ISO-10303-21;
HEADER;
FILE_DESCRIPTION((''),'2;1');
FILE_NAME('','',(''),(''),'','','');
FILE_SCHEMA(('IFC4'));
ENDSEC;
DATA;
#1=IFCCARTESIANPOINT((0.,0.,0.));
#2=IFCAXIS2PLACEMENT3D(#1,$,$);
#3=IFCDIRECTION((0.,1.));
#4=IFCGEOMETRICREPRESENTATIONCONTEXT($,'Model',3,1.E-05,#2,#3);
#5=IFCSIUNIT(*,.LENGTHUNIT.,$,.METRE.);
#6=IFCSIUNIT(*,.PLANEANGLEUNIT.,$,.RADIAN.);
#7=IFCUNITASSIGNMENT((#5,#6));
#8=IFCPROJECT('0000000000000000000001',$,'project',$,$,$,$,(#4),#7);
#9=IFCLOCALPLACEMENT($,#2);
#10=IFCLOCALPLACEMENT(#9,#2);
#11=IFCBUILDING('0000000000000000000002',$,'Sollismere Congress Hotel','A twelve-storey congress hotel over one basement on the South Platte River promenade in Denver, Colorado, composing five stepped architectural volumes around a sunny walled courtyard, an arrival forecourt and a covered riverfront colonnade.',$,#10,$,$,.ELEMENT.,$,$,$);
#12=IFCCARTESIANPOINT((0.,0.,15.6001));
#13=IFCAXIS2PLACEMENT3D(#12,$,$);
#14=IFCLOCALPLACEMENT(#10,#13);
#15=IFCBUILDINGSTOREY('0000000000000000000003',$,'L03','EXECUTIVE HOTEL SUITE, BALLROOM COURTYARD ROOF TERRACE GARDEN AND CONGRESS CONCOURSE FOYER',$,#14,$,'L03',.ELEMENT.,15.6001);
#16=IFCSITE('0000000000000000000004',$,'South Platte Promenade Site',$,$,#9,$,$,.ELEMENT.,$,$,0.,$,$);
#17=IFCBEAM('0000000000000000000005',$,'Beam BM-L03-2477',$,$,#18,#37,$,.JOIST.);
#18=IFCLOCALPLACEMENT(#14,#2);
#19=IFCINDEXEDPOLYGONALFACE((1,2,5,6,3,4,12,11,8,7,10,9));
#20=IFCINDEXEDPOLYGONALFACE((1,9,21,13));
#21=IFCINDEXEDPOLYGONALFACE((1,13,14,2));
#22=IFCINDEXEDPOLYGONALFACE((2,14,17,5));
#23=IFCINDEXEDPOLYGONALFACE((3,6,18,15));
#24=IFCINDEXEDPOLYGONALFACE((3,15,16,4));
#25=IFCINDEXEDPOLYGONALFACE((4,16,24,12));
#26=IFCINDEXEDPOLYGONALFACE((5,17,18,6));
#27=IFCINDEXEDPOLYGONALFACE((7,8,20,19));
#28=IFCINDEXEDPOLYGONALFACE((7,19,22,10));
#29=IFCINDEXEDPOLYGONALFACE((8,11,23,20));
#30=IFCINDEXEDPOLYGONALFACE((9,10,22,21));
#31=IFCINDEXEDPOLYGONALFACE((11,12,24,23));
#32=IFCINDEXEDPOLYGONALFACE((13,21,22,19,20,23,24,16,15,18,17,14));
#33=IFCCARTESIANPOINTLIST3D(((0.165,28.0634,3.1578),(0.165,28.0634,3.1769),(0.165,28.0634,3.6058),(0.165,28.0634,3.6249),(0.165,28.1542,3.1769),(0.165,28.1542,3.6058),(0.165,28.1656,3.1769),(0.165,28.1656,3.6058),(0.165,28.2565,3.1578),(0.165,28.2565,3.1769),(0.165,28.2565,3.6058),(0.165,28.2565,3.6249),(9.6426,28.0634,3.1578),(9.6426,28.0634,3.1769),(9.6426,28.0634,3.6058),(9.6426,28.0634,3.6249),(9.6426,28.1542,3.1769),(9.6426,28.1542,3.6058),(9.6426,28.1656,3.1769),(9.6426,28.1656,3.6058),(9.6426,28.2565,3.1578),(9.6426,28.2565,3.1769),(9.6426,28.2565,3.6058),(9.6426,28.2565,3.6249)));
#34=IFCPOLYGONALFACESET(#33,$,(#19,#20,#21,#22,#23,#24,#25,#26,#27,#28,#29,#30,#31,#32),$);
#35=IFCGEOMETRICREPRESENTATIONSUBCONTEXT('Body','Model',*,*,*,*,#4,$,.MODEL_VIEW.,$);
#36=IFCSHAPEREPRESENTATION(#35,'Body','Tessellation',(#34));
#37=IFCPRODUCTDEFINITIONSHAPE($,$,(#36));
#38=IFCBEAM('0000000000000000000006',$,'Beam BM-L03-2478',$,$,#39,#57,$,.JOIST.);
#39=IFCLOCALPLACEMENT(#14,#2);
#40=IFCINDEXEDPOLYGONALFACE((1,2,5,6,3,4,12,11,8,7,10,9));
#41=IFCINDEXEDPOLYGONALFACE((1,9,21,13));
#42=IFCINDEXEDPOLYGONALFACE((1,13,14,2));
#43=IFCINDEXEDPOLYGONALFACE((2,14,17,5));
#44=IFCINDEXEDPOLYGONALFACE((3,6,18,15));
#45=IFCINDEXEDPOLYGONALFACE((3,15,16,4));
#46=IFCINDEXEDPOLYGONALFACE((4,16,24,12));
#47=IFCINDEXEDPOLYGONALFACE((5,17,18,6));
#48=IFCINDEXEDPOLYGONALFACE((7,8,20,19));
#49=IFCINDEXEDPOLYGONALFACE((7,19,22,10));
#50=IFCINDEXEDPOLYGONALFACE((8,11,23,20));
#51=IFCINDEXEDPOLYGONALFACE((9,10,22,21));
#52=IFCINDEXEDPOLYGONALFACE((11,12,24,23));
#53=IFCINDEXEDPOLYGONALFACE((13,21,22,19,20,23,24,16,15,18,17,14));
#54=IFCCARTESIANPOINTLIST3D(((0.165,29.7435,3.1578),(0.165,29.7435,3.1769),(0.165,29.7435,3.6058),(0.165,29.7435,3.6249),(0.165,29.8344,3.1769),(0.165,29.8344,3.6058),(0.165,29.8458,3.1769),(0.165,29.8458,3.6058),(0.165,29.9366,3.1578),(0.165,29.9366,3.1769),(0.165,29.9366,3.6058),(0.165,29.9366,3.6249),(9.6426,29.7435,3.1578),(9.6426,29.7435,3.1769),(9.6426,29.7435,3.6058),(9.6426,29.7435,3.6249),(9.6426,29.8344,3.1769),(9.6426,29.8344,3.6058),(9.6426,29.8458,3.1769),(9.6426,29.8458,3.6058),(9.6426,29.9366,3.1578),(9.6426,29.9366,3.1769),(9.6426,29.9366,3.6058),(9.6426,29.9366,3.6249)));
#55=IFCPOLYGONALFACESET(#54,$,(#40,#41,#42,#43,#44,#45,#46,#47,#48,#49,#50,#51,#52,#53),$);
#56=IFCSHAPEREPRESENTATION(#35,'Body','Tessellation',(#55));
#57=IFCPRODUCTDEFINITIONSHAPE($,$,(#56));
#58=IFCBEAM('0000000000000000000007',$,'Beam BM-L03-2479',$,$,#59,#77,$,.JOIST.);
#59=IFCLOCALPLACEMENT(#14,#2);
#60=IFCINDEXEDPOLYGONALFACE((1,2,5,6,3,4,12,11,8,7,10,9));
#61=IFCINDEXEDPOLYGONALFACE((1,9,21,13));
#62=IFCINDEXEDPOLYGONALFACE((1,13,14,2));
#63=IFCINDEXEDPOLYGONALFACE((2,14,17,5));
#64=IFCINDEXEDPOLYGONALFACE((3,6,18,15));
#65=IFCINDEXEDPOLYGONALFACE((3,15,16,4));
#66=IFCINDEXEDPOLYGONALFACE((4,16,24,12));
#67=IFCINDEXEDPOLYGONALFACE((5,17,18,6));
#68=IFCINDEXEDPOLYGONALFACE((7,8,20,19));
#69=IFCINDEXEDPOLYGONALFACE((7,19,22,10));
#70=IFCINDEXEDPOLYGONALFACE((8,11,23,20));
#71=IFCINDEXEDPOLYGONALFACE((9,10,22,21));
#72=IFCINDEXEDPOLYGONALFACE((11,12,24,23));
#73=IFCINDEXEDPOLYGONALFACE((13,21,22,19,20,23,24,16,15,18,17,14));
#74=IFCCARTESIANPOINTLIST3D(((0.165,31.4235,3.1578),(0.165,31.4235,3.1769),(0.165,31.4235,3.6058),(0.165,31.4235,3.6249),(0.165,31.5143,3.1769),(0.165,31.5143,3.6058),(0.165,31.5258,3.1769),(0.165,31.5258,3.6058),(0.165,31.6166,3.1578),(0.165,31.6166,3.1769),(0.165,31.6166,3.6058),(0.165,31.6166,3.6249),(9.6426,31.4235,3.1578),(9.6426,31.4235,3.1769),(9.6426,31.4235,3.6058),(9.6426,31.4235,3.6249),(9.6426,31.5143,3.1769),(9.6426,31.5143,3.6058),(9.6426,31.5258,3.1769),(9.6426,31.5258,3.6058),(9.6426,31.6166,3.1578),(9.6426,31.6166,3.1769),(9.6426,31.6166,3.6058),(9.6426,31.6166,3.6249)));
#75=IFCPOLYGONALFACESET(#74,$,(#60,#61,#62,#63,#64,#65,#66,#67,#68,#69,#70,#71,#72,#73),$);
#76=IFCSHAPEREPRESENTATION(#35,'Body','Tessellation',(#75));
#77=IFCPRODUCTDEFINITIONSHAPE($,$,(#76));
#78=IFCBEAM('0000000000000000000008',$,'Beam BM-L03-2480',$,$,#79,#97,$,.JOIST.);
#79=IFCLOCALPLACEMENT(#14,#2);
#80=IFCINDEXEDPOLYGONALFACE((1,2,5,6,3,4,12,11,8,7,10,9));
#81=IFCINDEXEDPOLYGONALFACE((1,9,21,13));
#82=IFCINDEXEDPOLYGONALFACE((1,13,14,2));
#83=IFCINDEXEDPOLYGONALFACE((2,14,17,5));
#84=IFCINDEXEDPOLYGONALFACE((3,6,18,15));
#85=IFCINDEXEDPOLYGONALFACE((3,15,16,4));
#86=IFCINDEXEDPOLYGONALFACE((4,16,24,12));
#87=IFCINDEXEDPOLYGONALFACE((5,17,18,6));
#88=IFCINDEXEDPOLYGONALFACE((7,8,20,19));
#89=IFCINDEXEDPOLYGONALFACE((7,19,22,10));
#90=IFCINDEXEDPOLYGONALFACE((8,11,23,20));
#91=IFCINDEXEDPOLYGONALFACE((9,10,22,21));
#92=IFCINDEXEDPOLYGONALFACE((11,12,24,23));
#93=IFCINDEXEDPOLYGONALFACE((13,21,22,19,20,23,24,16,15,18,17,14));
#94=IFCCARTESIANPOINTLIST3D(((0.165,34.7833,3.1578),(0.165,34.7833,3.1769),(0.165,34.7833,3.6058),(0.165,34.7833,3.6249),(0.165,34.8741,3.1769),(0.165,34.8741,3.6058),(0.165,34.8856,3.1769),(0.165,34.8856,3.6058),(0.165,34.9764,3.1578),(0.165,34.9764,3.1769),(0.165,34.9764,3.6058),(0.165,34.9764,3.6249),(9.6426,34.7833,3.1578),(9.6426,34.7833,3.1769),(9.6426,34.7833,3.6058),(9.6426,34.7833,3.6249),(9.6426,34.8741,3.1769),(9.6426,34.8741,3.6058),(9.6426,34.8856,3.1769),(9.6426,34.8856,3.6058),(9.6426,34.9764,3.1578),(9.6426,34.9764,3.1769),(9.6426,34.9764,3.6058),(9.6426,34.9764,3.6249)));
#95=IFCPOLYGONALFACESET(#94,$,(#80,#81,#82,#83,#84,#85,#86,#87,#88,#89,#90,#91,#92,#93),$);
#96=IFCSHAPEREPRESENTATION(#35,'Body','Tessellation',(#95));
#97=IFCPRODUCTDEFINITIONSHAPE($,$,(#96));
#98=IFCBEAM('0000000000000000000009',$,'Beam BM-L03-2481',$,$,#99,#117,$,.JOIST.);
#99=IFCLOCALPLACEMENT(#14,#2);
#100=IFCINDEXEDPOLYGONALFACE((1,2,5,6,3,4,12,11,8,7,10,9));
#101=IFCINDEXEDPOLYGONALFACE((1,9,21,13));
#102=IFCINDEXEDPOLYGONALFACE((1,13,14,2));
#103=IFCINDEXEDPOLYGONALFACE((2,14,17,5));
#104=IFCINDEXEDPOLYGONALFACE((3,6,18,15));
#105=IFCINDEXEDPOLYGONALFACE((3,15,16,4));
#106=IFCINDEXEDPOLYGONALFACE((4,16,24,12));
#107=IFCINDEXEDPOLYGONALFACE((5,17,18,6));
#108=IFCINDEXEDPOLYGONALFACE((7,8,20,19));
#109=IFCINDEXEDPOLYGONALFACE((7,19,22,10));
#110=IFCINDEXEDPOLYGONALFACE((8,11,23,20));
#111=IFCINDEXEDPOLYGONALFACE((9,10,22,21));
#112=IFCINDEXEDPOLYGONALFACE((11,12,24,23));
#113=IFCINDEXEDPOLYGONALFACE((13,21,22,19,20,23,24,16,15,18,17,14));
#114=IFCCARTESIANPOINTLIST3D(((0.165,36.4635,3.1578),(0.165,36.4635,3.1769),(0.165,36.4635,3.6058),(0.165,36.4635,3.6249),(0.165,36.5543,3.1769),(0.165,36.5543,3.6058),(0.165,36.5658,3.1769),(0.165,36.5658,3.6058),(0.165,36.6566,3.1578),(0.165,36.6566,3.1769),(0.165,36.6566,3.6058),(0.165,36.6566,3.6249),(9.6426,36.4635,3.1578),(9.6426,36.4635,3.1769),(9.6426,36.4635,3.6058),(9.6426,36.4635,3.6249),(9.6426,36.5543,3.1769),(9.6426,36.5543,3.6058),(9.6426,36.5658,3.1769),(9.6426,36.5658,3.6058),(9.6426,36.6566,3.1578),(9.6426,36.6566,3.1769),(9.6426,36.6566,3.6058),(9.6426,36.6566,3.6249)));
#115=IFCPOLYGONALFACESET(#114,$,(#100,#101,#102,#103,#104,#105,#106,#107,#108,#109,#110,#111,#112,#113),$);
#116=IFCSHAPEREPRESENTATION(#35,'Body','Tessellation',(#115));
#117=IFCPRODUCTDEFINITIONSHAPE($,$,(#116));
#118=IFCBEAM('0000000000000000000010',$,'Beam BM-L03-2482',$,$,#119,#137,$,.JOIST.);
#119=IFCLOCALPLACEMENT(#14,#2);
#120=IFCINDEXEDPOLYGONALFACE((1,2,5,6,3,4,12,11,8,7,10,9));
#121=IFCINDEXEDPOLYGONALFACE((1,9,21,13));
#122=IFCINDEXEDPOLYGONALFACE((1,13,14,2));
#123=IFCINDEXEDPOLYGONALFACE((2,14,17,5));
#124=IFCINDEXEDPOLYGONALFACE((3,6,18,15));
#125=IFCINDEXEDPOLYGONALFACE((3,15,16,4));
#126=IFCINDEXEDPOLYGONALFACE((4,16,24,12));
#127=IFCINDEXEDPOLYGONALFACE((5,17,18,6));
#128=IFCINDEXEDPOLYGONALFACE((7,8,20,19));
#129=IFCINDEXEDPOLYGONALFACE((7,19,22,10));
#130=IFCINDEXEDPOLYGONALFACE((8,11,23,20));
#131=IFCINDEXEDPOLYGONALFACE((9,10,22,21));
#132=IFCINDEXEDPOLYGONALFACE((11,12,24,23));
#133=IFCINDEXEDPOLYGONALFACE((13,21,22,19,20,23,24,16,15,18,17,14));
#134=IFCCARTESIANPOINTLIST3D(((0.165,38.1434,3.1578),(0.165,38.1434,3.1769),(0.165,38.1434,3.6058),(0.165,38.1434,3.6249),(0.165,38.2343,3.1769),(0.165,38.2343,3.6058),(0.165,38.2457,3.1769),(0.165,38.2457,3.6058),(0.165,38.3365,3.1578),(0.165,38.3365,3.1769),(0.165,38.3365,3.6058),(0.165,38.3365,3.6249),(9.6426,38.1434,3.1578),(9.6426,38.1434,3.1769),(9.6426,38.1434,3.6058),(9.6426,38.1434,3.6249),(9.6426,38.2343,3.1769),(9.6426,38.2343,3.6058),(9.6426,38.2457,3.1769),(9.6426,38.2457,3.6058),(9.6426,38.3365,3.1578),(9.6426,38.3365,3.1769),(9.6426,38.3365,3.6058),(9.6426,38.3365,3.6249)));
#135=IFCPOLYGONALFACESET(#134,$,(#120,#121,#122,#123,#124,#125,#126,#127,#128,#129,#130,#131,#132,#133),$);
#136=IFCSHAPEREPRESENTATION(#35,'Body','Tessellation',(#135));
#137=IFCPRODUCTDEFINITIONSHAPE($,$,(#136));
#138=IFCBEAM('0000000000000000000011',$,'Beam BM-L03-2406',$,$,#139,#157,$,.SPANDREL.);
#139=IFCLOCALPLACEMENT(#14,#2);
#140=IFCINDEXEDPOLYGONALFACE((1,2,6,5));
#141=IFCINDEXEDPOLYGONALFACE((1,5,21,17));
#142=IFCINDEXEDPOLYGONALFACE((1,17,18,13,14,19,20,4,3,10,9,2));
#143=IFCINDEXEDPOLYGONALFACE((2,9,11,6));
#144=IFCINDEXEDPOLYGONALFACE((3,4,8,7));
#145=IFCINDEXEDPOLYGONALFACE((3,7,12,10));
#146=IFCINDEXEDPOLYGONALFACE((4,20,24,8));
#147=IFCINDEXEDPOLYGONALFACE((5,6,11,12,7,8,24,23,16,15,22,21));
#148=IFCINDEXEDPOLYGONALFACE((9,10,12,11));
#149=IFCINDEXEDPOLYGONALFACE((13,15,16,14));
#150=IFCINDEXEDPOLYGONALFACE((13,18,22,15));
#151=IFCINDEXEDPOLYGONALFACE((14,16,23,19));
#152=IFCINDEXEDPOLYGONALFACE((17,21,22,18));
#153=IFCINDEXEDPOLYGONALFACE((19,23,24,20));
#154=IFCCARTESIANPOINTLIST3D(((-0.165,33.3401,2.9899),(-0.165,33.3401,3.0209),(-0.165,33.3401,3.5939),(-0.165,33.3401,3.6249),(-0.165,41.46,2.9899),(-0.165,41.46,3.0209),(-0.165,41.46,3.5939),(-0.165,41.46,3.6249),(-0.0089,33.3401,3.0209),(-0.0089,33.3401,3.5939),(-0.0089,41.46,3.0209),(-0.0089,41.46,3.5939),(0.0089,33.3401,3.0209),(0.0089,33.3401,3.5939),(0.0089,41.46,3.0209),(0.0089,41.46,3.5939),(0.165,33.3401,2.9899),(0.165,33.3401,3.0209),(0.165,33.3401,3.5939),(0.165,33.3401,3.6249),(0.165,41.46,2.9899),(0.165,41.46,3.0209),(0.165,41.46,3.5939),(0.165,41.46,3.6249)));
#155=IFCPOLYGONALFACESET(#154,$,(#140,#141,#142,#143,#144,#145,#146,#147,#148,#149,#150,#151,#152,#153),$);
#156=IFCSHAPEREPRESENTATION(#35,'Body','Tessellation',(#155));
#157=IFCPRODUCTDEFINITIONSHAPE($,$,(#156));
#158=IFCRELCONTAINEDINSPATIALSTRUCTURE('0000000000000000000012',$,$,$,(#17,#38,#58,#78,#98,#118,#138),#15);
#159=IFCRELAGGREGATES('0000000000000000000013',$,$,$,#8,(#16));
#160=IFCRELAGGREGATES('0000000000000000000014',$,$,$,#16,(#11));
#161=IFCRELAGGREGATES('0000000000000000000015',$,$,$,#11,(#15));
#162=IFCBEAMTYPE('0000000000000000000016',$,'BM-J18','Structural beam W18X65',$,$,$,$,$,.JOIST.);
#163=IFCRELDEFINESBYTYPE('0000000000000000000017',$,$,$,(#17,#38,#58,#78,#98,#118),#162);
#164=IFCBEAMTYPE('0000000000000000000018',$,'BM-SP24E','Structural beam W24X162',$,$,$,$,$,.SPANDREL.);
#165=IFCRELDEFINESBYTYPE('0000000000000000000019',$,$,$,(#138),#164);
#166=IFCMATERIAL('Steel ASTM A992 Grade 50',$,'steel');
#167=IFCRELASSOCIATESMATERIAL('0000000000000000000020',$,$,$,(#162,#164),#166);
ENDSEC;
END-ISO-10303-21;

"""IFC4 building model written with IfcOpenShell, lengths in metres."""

from ifc_helpers import new_model, si_unit, direction, frame, origin, origin_2d, place, context, subcontext, project, spatial, i_section, extrude, material, material_profile, profile_set, type_object, element, save


model = new_model("IFC4")

# Units and contexts
model_context = context("Model", 3, precision=1e-05, world=origin(), true_north=direction((0.0, 1.0)))
body_context = subcontext(model_context, "Body", "Model", "MODEL_VIEW")
ifc_project = project(units=[si_unit("LENGTHUNIT", "METRE"), si_unit("PLANEANGLEUNIT", "RADIAN")], contexts=[model_context])

# Site, building, storey
site_placement = place(None, origin())
site = spatial("IfcSite", under=ifc_project, at=site_placement, Name="South Platte Promenade Site", CompositionType="ELEMENT", RefElevation=0.0)
building_placement = place(site_placement, origin())
building = spatial("IfcBuilding", under=site, at=building_placement, Name="Sollismere Congress Hotel", Description="A twelve-storey congress hotel over one basement on the South Platte River promenade in Denver, Colorado, composing five stepped architectural volumes around a sunny walled courtyard, an arrival forecourt and a covered riverfront colonnade.", CompositionType="ELEMENT")
storey_placement = place(building_placement, frame((0.0, 0.0, 15.6001)))
storey = spatial("IfcBuildingStorey", under=building, at=storey_placement, Name="L03", Description="EXECUTIVE HOTEL SUITE, BALLROOM COURTYARD ROOF TERRACE GARDEN AND CONGRESS CONCOURSE FOYER", LongName="L03", CompositionType="ELEMENT", Elevation=15.6001)

# Shared definitions
ifc_material_1 = material(Name="Steel ASTM A992 Grade 50", Category="steel")

# Beams
ifc_material_profile_1 = material_profile(ifc_material_1, i_section(OverallWidth=0.1931, OverallDepth=0.467, WebThickness=0.0115, FlangeThickness=0.019, at=origin_2d()), Name="W18X65")
ifc_profile_set_1 = profile_set([ifc_material_profile_1], Name="Steel ASTM A992 Grade 50")
beam_type_1 = type_object("IfcBeamType", Name="BM-J18", Description="Structural beam W18X65", PredefinedType="JOIST", material=ifc_profile_set_1)
for number, where, z_axis, x_axis, name in (
    (1, (0.165, 28.1599, 3.3914), (1.0, 0.0, 0.0), (0.0, 1.0, 0.0), "Beam BM-L03-2477"),
    (2, (0.165, 29.8401, 3.3914), (1.0, 0.0, 0.0), (0.0, 1.0, 0.0), "Beam BM-L03-2478"),
    (3, (0.165, 31.52, 3.3914), (1.0, 0.0, 0.0), (0.0, 1.0, 0.0), "Beam BM-L03-2479"),
    (4, (0.165, 34.8799, 3.3914), (1.0, 0.0, 0.0), (0.0, 1.0, 0.0), "Beam BM-L03-2480"),
    (5, (0.165, 36.5601, 3.3914), (1.0, 0.0, 0.0), (0.0, 1.0, 0.0), "Beam BM-L03-2481"),
    (6, (0.165, 38.24, 3.3914), (1.0, 0.0, 0.0), (0.0, 1.0, 0.0), "Beam BM-L03-2482"),
):
    element("IfcBeam", number, at=place(storey_placement, frame(where, z_axis=z_axis, x_axis=x_axis)), inside=storey, type_object=beam_type_1, Name=name, PredefinedType="JOIST", context=body_context, shape_type="SweptSolid", body=[
        extrude(i_section(OverallWidth=0.1931, OverallDepth=0.467, WebThickness=0.0115, FlangeThickness=0.019, at=origin_2d()), origin(), (0.0, 0.0, 1.0), 9.4775),
    ])
ifc_material_profile_2 = material_profile(ifc_material_1, i_section(OverallWidth=0.3301, OverallDepth=0.635, WebThickness=0.0178, FlangeThickness=0.031, at=origin_2d()), Name="W24X162")
ifc_profile_set_2 = profile_set([ifc_material_profile_2], Name="Steel ASTM A992 Grade 50")
beam_type_2 = type_object("IfcBeamType", Name="BM-SP24E", Description="Structural beam W24X162", PredefinedType="SPANDREL", material=ifc_profile_set_2)
beam_1_placement = place(storey_placement, frame((0.0, 33.3401, 3.3074), z_axis=(0.0, 1.0, 0.0), x_axis=(-1.0, 0.0, 0.0)))
element("IfcBeam", 7, at=beam_1_placement, inside=storey, type_object=beam_type_2, Name="Beam BM-L03-2406", PredefinedType="SPANDREL", context=body_context, shape_type="SweptSolid", body=[
    extrude(i_section(OverallWidth=0.3301, OverallDepth=0.635, WebThickness=0.0178, FlangeThickness=0.031, at=origin_2d()), origin(), (0.0, 0.0, 1.0), 8.1199),
])

save(model, "model.ifc")
